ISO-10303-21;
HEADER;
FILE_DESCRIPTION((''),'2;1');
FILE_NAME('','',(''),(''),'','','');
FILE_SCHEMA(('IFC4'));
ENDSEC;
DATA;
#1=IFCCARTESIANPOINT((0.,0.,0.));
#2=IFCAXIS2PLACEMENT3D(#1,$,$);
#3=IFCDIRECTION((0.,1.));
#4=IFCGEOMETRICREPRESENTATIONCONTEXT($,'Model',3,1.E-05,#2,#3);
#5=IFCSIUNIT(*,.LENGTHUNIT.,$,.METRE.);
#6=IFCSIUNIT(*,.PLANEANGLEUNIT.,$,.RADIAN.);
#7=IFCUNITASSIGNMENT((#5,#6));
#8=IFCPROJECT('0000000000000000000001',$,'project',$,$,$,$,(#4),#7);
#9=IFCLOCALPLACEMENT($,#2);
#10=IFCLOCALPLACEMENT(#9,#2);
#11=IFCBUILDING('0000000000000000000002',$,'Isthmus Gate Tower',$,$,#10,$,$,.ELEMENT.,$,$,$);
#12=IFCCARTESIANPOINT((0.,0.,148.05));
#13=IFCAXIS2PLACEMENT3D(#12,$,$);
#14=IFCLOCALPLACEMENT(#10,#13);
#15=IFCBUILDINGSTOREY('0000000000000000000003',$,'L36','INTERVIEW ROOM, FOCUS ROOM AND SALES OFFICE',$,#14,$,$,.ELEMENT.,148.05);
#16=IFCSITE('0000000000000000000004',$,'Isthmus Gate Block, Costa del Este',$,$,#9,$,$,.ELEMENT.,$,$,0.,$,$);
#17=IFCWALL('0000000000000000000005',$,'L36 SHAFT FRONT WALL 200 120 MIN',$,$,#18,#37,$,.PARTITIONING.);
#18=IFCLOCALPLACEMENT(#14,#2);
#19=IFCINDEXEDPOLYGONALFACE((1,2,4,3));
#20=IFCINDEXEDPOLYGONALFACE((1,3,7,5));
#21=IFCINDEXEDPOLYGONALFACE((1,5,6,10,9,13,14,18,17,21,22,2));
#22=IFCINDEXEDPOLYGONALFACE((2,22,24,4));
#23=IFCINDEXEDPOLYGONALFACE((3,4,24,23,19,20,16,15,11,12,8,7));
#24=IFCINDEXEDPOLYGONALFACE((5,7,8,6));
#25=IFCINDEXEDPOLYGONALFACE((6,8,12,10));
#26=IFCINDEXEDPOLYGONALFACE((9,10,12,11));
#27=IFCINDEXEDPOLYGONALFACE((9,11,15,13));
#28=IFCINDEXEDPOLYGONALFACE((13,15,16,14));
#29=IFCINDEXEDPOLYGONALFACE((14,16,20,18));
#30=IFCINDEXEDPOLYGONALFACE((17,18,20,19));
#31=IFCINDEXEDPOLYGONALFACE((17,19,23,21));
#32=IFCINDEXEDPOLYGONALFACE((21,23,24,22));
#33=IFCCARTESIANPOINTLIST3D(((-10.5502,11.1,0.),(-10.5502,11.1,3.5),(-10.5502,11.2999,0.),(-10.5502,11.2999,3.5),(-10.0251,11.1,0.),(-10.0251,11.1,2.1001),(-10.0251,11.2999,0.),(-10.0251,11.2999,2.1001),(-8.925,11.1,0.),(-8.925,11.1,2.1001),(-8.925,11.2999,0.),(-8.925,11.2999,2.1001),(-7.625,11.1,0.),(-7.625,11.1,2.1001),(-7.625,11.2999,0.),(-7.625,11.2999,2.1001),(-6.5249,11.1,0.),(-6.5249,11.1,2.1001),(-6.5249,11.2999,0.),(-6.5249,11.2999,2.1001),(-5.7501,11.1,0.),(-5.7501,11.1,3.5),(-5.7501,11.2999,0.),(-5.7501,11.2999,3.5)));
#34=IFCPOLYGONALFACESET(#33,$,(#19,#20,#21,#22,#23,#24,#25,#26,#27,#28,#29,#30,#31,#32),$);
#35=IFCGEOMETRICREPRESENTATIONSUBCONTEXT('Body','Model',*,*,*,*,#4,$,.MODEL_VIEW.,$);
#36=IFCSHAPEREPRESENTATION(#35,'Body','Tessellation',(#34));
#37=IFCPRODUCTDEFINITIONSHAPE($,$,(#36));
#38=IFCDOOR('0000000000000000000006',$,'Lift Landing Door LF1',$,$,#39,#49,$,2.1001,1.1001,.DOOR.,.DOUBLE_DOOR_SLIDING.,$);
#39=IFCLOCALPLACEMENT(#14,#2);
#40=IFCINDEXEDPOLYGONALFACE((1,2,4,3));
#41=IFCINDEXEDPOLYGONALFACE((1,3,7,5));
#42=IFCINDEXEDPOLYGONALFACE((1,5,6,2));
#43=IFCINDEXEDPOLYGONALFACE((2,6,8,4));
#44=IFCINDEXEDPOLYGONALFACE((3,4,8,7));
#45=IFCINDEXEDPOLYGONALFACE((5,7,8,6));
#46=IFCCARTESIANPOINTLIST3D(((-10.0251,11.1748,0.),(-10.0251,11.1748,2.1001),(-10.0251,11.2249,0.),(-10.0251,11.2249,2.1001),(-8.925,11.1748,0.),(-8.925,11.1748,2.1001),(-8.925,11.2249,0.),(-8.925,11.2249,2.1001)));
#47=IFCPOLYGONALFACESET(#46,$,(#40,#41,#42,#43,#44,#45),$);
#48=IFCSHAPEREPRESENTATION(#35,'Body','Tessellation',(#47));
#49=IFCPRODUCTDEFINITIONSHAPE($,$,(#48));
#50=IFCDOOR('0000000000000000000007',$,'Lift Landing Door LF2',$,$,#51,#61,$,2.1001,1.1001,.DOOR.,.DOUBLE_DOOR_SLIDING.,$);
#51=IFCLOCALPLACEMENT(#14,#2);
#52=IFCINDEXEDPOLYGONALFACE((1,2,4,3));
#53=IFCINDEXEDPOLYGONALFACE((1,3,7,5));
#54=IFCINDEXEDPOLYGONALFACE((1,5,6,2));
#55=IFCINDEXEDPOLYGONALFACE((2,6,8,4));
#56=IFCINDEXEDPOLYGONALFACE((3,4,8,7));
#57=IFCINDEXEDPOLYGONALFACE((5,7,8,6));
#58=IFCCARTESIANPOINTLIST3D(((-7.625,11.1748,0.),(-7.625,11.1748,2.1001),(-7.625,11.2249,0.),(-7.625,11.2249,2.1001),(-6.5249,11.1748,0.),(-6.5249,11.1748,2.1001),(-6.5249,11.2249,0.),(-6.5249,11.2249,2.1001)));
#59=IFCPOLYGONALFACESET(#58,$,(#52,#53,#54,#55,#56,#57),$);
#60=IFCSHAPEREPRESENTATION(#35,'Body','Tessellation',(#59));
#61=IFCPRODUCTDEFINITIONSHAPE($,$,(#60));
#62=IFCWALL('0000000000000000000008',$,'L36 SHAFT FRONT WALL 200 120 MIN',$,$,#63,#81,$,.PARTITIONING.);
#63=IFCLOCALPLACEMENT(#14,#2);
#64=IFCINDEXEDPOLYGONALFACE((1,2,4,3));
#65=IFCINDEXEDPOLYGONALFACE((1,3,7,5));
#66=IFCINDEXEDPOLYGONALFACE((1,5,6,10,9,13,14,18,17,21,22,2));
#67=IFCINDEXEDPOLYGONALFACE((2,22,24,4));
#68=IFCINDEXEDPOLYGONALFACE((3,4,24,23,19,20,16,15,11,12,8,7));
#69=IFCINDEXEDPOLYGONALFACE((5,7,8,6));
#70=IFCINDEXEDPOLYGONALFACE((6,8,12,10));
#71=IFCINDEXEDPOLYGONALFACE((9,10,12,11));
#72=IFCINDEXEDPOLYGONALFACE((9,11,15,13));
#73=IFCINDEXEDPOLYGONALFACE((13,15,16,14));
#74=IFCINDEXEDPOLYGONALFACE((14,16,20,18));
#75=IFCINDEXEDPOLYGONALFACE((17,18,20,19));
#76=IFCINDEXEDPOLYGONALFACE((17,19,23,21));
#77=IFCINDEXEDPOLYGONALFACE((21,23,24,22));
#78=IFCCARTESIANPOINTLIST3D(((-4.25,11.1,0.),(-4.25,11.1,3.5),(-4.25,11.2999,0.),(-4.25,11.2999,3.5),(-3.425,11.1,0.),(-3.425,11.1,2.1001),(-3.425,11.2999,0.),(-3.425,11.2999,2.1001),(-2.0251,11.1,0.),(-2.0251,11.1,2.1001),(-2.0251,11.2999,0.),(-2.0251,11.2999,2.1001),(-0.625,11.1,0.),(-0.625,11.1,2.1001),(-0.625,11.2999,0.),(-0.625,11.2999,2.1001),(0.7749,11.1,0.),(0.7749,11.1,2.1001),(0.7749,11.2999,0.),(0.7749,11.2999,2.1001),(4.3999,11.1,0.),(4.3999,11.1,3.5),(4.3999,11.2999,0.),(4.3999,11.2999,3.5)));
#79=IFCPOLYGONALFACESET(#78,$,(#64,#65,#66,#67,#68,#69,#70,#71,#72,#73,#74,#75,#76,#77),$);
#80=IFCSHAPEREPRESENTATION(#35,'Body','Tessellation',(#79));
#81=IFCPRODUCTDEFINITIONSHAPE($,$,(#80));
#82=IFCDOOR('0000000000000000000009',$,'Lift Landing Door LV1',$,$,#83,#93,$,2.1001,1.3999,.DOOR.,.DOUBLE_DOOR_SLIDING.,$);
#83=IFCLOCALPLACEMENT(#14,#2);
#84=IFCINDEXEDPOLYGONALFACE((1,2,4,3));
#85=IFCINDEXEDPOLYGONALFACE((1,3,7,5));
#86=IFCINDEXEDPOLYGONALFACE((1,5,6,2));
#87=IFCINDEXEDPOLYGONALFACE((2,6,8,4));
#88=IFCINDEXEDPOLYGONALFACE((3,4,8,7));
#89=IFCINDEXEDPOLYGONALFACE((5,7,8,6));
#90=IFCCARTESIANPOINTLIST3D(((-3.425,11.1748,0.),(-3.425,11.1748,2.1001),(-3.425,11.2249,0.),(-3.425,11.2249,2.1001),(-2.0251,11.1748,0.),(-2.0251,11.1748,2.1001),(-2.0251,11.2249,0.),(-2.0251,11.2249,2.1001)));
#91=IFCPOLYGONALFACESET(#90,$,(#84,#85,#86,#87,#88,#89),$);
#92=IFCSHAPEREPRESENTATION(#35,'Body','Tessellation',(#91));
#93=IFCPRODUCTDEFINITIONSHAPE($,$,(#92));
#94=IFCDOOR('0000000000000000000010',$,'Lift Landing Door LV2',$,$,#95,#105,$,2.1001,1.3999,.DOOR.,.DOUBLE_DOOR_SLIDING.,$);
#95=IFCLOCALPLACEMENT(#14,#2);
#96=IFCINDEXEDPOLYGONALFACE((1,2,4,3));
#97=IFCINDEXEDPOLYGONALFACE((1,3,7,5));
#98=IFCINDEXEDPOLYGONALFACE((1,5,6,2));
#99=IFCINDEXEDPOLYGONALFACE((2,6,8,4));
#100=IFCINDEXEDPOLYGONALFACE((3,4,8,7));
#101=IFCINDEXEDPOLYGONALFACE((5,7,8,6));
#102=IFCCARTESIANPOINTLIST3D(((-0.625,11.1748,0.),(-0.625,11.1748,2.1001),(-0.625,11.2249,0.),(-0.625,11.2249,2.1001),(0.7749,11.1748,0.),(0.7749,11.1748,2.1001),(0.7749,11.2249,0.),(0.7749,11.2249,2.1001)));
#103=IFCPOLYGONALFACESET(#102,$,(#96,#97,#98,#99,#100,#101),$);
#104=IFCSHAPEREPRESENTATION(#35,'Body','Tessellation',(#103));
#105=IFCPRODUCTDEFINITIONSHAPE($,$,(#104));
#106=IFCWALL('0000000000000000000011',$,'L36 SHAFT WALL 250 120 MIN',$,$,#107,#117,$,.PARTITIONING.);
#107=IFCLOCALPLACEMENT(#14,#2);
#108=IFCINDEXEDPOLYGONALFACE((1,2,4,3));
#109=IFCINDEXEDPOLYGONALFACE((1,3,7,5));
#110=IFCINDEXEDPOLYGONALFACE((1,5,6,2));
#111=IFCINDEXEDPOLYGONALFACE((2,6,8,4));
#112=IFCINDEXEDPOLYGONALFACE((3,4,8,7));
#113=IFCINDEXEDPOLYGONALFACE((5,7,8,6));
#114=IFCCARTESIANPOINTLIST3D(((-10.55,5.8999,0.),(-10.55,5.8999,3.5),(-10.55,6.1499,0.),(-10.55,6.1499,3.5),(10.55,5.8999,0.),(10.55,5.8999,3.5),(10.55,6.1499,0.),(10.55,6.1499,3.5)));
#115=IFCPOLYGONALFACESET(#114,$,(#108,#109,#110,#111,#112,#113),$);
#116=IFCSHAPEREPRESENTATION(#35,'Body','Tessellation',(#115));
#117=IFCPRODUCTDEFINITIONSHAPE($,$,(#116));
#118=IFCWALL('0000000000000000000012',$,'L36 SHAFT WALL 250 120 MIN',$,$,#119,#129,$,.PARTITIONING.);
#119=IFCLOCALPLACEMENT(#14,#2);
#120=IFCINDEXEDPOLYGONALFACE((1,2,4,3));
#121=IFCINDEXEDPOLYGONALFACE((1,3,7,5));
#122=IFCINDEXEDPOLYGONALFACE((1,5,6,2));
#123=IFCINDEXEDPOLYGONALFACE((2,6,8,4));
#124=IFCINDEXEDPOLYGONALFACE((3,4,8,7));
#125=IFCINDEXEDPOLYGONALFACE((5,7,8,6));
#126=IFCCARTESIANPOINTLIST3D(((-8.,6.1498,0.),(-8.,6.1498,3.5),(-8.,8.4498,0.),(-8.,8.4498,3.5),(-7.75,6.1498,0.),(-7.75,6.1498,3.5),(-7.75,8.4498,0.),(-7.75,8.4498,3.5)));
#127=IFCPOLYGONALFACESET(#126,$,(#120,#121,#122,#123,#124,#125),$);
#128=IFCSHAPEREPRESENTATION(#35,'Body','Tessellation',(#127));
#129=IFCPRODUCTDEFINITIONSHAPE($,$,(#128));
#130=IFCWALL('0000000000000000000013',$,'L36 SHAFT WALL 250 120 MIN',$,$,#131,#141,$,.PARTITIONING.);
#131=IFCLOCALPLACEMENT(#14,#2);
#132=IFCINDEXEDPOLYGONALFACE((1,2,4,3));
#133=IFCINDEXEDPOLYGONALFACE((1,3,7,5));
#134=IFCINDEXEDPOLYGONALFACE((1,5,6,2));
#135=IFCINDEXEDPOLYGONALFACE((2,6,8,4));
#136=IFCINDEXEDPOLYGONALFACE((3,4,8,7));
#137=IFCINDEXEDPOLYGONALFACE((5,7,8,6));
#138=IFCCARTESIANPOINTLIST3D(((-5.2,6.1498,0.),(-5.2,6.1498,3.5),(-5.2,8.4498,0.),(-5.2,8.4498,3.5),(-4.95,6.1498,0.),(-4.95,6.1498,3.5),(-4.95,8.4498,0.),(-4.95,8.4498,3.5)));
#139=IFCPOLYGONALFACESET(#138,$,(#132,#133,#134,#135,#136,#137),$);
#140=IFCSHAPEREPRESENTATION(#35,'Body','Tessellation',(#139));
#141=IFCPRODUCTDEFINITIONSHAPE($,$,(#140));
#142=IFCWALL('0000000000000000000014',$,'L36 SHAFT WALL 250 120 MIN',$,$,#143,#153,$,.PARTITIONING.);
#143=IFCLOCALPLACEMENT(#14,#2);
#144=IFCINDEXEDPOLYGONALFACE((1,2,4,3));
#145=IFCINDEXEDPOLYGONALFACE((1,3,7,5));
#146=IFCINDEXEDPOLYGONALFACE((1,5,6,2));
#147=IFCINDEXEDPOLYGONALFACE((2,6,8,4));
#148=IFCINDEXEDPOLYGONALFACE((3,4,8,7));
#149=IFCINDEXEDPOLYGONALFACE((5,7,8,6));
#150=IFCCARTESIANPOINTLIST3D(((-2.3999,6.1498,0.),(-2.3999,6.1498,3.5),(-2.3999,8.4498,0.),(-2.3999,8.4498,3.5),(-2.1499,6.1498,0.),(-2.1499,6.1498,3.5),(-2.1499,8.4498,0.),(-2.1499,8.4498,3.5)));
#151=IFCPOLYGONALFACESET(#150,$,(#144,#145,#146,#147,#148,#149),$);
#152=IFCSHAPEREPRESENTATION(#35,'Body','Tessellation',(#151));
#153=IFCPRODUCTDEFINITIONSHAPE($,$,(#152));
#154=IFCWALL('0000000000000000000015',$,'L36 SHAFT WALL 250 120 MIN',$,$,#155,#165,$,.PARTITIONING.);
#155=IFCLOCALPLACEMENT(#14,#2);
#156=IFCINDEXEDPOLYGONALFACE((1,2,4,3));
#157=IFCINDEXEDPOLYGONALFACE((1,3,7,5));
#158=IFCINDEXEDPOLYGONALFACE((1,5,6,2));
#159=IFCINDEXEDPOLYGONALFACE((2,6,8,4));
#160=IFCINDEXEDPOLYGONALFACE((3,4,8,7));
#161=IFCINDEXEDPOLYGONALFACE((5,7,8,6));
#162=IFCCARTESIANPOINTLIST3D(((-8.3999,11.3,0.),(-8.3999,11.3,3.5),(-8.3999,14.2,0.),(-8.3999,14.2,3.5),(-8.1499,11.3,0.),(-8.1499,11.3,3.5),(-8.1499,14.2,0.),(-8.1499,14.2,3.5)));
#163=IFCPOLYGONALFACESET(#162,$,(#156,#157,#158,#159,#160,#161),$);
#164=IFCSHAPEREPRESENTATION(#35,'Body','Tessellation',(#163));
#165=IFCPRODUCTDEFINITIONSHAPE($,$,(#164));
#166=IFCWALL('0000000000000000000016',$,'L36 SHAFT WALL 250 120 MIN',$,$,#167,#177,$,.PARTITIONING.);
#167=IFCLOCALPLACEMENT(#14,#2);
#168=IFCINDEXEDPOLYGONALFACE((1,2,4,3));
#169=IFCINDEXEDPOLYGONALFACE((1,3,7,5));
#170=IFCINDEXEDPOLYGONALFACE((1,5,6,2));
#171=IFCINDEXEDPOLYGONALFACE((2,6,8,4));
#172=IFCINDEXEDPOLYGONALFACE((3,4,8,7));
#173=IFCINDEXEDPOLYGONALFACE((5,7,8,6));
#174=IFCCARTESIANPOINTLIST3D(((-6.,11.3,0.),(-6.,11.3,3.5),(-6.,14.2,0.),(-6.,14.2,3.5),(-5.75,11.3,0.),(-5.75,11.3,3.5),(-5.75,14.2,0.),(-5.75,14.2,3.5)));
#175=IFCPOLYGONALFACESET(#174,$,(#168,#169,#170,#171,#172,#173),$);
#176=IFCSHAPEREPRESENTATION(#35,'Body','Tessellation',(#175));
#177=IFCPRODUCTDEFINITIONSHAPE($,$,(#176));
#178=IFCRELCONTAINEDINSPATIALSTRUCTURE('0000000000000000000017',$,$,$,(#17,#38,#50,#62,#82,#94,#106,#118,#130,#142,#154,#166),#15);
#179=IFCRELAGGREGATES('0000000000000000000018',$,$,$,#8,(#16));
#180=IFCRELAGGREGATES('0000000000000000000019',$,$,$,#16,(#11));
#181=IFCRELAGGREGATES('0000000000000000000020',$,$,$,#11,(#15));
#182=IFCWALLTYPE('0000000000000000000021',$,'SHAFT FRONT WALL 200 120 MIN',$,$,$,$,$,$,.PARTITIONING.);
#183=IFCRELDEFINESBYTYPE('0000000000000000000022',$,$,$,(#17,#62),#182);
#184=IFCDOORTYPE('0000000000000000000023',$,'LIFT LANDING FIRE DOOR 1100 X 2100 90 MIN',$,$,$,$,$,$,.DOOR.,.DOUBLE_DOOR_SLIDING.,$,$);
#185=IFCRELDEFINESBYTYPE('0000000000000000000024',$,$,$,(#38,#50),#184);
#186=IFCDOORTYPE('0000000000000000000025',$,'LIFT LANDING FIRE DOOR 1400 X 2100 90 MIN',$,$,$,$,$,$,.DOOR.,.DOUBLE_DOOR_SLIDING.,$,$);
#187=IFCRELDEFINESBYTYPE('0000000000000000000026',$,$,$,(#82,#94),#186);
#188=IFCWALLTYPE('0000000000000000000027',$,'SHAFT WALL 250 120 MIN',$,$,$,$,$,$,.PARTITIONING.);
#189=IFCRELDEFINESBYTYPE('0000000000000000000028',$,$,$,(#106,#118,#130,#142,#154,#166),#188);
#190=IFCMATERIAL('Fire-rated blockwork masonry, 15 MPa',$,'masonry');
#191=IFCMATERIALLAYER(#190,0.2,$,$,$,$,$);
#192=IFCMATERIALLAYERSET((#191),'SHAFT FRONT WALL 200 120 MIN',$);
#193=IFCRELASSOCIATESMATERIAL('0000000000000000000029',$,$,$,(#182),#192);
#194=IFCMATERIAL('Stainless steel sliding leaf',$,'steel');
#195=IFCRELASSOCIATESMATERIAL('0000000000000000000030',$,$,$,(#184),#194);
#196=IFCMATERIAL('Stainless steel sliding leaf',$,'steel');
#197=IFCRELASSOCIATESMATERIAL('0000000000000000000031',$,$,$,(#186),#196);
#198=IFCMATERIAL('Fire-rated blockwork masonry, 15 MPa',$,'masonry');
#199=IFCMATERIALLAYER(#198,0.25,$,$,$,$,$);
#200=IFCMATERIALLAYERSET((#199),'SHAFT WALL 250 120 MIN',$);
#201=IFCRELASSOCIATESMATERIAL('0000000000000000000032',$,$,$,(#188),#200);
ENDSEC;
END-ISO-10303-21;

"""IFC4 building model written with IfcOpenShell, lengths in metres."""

from ifc_helpers import new_model, si_unit, direction, frame, frame_2d, origin, place, context, subcontext, project, spatial, rectangle, extrude, material, layer, layer_set, type_object, element, fill, save


model = new_model("IFC4")

# Units and contexts
model_context = context("Model", 3, precision=1e-05, world=origin(), true_north=direction((0.0, 1.0)))
body_context = subcontext(model_context, "Body", "Model", "MODEL_VIEW")
ifc_project = project(units=[si_unit("LENGTHUNIT", "METRE"), si_unit("PLANEANGLEUNIT", "RADIAN")], contexts=[model_context])

# Site, building, storey
site_placement = place(None, origin())
site = spatial("IfcSite", under=ifc_project, at=site_placement, Name="Isthmus Gate Block, Costa del Este", CompositionType="ELEMENT", RefElevation=0.0)
building_placement = place(site_placement, origin())
building = spatial("IfcBuilding", under=site, at=building_placement, Name="Isthmus Gate Tower", CompositionType="ELEMENT")
storey_placement = place(building_placement, frame((0.0, 0.0, 148.05)))
storey = spatial("IfcBuildingStorey", under=building, at=storey_placement, Name="L36", Description="INTERVIEW ROOM, FOCUS ROOM AND SALES OFFICE", CompositionType="ELEMENT", Elevation=148.05)

# Walls, openings, doors
ifc_material_1 = material(Name="Fire-rated blockwork masonry, 15 MPa", Category="masonry")
ifc_layer_1 = layer(ifc_material_1, 0.2)
ifc_layer_set_1 = layer_set([ifc_layer_1], Name="SHAFT FRONT WALL 200 120 MIN")
wall_type_1 = type_object("IfcWallType", Name="SHAFT FRONT WALL 200 120 MIN", PredefinedType="PARTITIONING", material=ifc_layer_set_1)
wall_1_placement = place(storey_placement, frame((-10.55, 11.2, 0.0), z_axis=(0.0, 0.0, 1.0), x_axis=(1.0, 0.0, 0.0)))
wall_1 = element("IfcWall", 1, at=wall_1_placement, inside=storey, type_object=wall_type_1, Name="L36 SHAFT FRONT WALL 200 120 MIN", PredefinedType="PARTITIONING", context=body_context, shape_type="SweptSolid", body=[
    extrude(rectangle(XDim=4.8, YDim=0.2, at=frame_2d((2.3999, 0.0))), origin(), (0.0, 0.0, 1.0), 3.5),
])
opening_1_placement = place(wall_1_placement, frame((0.5249, 0.0, 0.0)))
opening_1 = element("IfcOpeningElement", 2, at=opening_1_placement, cuts=wall_1, PredefinedType="OPENING", context=body_context, shape_type="SweptSolid", body=[
    extrude(rectangle(XDim=1.1001, YDim=2.1001, at=frame_2d((0.55, 1.05))), frame((0.0, 0.1099, 0.0), z_axis=(0.0, -1.0, 0.0), x_axis=(1.0, 0.0, 0.0)), (0.0, 0.0, 1.0), 0.22),
])
opening_2_placement = place(wall_1_placement, frame((2.925, 0.0, 0.0)))
opening_2 = element("IfcOpeningElement", 3, at=opening_2_placement, cuts=wall_1, PredefinedType="OPENING", context=body_context, shape_type="SweptSolid", body=[
    extrude(rectangle(XDim=1.1001, YDim=2.1001, at=frame_2d((0.55, 1.05))), frame((0.0, 0.1099, 0.0), z_axis=(0.0, -1.0, 0.0), x_axis=(1.0, 0.0, 0.0)), (0.0, 0.0, 1.0), 0.22),
])
ifc_material_2 = material(Name="Stainless steel sliding leaf", Category="steel")
door_type_1 = type_object("IfcDoorType", Name="LIFT LANDING FIRE DOOR 1100 X 2100 90 MIN", OperationType="DOUBLE_DOOR_SLIDING", PredefinedType="DOOR", material=ifc_material_2)
door_1_placement = place(opening_1_placement, origin())
door_1 = element("IfcDoor", 4, at=door_1_placement, inside=storey, type_object=door_type_1, Name="Lift Landing Door LF1", OperationType="DOUBLE_DOOR_SLIDING", OverallHeight=2.1001, OverallWidth=1.1001, PredefinedType="DOOR", context=body_context, shape_type="SweptSolid", body=[
    extrude(rectangle(XDim=1.1001, YDim=2.1001, at=frame_2d((0.55, 1.05))), frame((0.0, 0.0249, 0.0), z_axis=(0.0, -1.0, 0.0), x_axis=(1.0, 0.0, 0.0)), (0.0, 0.0, 1.0), 0.05),
])
fill(opening_1, door_1)
door_2_placement = place(opening_2_placement, origin())
door_2 = element("IfcDoor", 5, at=door_2_placement, inside=storey, type_object=door_type_1, Name="Lift Landing Door LF2", OperationType="DOUBLE_DOOR_SLIDING", OverallHeight=2.1001, OverallWidth=1.1001, PredefinedType="DOOR", context=body_context, shape_type="SweptSolid", body=[
    extrude(rectangle(XDim=1.1001, YDim=2.1001, at=frame_2d((0.55, 1.05))), frame((0.0, 0.0249, 0.0), z_axis=(0.0, -1.0, 0.0), x_axis=(1.0, 0.0, 0.0)), (0.0, 0.0, 1.0), 0.05),
])
fill(opening_2, door_2)
wall_2_placement = place(storey_placement, frame((-4.25, 11.2, 0.0), z_axis=(0.0, 0.0, 1.0), x_axis=(1.0, 0.0, 0.0)))
wall_2 = element("IfcWall", 6, at=wall_2_placement, inside=storey, type_object=wall_type_1, Name="L36 SHAFT FRONT WALL 200 120 MIN", PredefinedType="PARTITIONING", context=body_context, shape_type="SweptSolid", body=[
    extrude(rectangle(XDim=8.6499, YDim=0.2, at=frame_2d((4.325, 0.0))), origin(), (0.0, 0.0, 1.0), 3.5),
])
opening_3_placement = place(wall_2_placement, frame((0.825, 0.0, 0.0)))
opening_3 = element("IfcOpeningElement", 7, at=opening_3_placement, cuts=wall_2, PredefinedType="OPENING", context=body_context, shape_type="SweptSolid", body=[
    extrude(rectangle(XDim=1.3999, YDim=2.1001, at=frame_2d((0.7, 1.05))), frame((0.0, 0.1099, 0.0), z_axis=(0.0, -1.0, 0.0), x_axis=(1.0, 0.0, 0.0)), (0.0, 0.0, 1.0), 0.22),
])
opening_4_placement = place(wall_2_placement, frame((3.625, 0.0, 0.0)))
opening_4 = element("IfcOpeningElement", 8, at=opening_4_placement, cuts=wall_2, PredefinedType="OPENING", context=body_context, shape_type="SweptSolid", body=[
    extrude(rectangle(XDim=1.3999, YDim=2.1001, at=frame_2d((0.7, 1.05))), frame((0.0, 0.1099, 0.0), z_axis=(0.0, -1.0, 0.0), x_axis=(1.0, 0.0, 0.0)), (0.0, 0.0, 1.0), 0.22),
])
ifc_material_3 = material(Name="Stainless steel sliding leaf", Category="steel")
door_type_2 = type_object("IfcDoorType", Name="LIFT LANDING FIRE DOOR 1400 X 2100 90 MIN", OperationType="DOUBLE_DOOR_SLIDING", PredefinedType="DOOR", material=ifc_material_3)
door_3_placement = place(opening_3_placement, origin())
door_3 = element("IfcDoor", 9, at=door_3_placement, inside=storey, type_object=door_type_2, Name="Lift Landing Door LV1", OperationType="DOUBLE_DOOR_SLIDING", OverallHeight=2.1001, OverallWidth=1.3999, PredefinedType="DOOR", context=body_context, shape_type="SweptSolid", body=[
    extrude(rectangle(XDim=1.3999, YDim=2.1001, at=frame_2d((0.7, 1.05))), frame((0.0, 0.0249, 0.0), z_axis=(0.0, -1.0, 0.0), x_axis=(1.0, 0.0, 0.0)), (0.0, 0.0, 1.0), 0.05),
])
fill(opening_3, door_3)
door_4_placement = place(opening_4_placement, origin())
door_4 = element("IfcDoor", 10, at=door_4_placement, inside=storey, type_object=door_type_2, Name="Lift Landing Door LV2", OperationType="DOUBLE_DOOR_SLIDING", OverallHeight=2.1001, OverallWidth=1.3999, PredefinedType="DOOR", context=body_context, shape_type="SweptSolid", body=[
    extrude(rectangle(XDim=1.3999, YDim=2.1001, at=frame_2d((0.7, 1.05))), frame((0.0, 0.0249, 0.0), z_axis=(0.0, -1.0, 0.0), x_axis=(1.0, 0.0, 0.0)), (0.0, 0.0, 1.0), 0.05),
])
fill(opening_4, door_4)

# Walls
ifc_material_4 = material(Name="Fire-rated blockwork masonry, 15 MPa", Category="masonry")
ifc_layer_2 = layer(ifc_material_4, 0.25)
ifc_layer_set_2 = layer_set([ifc_layer_2], Name="SHAFT WALL 250 120 MIN")
wall_type_2 = type_object("IfcWallType", Name="SHAFT WALL 250 120 MIN", PredefinedType="PARTITIONING", material=ifc_layer_set_2)
wall_3_placement = place(storey_placement, frame((-10.55, 6.0249, 0.0), z_axis=(0.0, 0.0, 1.0), x_axis=(1.0, 0.0, 0.0)))
element("IfcWall", 11, at=wall_3_placement, inside=storey, type_object=wall_type_2, Name="L36 SHAFT WALL 250 120 MIN", PredefinedType="PARTITIONING", context=body_context, shape_type="SweptSolid", body=[
    extrude(rectangle(XDim=21.1001, YDim=0.25, at=frame_2d((10.55, 0.0))), origin(), (0.0, 0.0, 1.0), 3.5),
])
for number, where, z_axis, x_axis, name in (
    (12, (-7.875, 6.1499, 0.0), (0.0, 0.0, 1.0), (0.0, 1.0, 0.0), "L36 SHAFT WALL 250 120 MIN"),
    (13, (-5.075, 6.1499, 0.0), (0.0, 0.0, 1.0), (0.0, 1.0, 0.0), "L36 SHAFT WALL 250 120 MIN"),
    (14, (-2.2749, 6.1499, 0.0), (0.0, 0.0, 1.0), (0.0, 1.0, 0.0), "L36 SHAFT WALL 250 120 MIN"),
):
    element("IfcWall", number, at=place(storey_placement, frame(where, z_axis=z_axis, x_axis=x_axis)), inside=storey, type_object=wall_type_2, Name=name, PredefinedType="PARTITIONING", context=body_context, shape_type="SweptSolid", body=[
        extrude(rectangle(XDim=2.3, YDim=0.25, at=frame_2d((1.1499, 0.0))), origin(), (0.0, 0.0, 1.0), 3.5),
    ])
for number, where, z_axis, x_axis, name in (
    (15, (-8.2749, 11.3, 0.0), (0.0, 0.0, 1.0), (0.0, 1.0, 0.0), "L36 SHAFT WALL 250 120 MIN"),
    (16, (-5.875, 11.3, 0.0), (0.0, 0.0, 1.0), (0.0, 1.0, 0.0), "L36 SHAFT WALL 250 120 MIN"),
):
    element("IfcWall", number, at=place(storey_placement, frame(where, z_axis=z_axis, x_axis=x_axis)), inside=storey, type_object=wall_type_2, Name=name, PredefinedType="PARTITIONING", context=body_context, shape_type="SweptSolid", body=[
        extrude(rectangle(XDim=2.8999, YDim=0.25, at=frame_2d((1.45, 0.0))), origin(), (0.0, 0.0, 1.0), 3.5),
    ])

save(model, "model.ifc")
